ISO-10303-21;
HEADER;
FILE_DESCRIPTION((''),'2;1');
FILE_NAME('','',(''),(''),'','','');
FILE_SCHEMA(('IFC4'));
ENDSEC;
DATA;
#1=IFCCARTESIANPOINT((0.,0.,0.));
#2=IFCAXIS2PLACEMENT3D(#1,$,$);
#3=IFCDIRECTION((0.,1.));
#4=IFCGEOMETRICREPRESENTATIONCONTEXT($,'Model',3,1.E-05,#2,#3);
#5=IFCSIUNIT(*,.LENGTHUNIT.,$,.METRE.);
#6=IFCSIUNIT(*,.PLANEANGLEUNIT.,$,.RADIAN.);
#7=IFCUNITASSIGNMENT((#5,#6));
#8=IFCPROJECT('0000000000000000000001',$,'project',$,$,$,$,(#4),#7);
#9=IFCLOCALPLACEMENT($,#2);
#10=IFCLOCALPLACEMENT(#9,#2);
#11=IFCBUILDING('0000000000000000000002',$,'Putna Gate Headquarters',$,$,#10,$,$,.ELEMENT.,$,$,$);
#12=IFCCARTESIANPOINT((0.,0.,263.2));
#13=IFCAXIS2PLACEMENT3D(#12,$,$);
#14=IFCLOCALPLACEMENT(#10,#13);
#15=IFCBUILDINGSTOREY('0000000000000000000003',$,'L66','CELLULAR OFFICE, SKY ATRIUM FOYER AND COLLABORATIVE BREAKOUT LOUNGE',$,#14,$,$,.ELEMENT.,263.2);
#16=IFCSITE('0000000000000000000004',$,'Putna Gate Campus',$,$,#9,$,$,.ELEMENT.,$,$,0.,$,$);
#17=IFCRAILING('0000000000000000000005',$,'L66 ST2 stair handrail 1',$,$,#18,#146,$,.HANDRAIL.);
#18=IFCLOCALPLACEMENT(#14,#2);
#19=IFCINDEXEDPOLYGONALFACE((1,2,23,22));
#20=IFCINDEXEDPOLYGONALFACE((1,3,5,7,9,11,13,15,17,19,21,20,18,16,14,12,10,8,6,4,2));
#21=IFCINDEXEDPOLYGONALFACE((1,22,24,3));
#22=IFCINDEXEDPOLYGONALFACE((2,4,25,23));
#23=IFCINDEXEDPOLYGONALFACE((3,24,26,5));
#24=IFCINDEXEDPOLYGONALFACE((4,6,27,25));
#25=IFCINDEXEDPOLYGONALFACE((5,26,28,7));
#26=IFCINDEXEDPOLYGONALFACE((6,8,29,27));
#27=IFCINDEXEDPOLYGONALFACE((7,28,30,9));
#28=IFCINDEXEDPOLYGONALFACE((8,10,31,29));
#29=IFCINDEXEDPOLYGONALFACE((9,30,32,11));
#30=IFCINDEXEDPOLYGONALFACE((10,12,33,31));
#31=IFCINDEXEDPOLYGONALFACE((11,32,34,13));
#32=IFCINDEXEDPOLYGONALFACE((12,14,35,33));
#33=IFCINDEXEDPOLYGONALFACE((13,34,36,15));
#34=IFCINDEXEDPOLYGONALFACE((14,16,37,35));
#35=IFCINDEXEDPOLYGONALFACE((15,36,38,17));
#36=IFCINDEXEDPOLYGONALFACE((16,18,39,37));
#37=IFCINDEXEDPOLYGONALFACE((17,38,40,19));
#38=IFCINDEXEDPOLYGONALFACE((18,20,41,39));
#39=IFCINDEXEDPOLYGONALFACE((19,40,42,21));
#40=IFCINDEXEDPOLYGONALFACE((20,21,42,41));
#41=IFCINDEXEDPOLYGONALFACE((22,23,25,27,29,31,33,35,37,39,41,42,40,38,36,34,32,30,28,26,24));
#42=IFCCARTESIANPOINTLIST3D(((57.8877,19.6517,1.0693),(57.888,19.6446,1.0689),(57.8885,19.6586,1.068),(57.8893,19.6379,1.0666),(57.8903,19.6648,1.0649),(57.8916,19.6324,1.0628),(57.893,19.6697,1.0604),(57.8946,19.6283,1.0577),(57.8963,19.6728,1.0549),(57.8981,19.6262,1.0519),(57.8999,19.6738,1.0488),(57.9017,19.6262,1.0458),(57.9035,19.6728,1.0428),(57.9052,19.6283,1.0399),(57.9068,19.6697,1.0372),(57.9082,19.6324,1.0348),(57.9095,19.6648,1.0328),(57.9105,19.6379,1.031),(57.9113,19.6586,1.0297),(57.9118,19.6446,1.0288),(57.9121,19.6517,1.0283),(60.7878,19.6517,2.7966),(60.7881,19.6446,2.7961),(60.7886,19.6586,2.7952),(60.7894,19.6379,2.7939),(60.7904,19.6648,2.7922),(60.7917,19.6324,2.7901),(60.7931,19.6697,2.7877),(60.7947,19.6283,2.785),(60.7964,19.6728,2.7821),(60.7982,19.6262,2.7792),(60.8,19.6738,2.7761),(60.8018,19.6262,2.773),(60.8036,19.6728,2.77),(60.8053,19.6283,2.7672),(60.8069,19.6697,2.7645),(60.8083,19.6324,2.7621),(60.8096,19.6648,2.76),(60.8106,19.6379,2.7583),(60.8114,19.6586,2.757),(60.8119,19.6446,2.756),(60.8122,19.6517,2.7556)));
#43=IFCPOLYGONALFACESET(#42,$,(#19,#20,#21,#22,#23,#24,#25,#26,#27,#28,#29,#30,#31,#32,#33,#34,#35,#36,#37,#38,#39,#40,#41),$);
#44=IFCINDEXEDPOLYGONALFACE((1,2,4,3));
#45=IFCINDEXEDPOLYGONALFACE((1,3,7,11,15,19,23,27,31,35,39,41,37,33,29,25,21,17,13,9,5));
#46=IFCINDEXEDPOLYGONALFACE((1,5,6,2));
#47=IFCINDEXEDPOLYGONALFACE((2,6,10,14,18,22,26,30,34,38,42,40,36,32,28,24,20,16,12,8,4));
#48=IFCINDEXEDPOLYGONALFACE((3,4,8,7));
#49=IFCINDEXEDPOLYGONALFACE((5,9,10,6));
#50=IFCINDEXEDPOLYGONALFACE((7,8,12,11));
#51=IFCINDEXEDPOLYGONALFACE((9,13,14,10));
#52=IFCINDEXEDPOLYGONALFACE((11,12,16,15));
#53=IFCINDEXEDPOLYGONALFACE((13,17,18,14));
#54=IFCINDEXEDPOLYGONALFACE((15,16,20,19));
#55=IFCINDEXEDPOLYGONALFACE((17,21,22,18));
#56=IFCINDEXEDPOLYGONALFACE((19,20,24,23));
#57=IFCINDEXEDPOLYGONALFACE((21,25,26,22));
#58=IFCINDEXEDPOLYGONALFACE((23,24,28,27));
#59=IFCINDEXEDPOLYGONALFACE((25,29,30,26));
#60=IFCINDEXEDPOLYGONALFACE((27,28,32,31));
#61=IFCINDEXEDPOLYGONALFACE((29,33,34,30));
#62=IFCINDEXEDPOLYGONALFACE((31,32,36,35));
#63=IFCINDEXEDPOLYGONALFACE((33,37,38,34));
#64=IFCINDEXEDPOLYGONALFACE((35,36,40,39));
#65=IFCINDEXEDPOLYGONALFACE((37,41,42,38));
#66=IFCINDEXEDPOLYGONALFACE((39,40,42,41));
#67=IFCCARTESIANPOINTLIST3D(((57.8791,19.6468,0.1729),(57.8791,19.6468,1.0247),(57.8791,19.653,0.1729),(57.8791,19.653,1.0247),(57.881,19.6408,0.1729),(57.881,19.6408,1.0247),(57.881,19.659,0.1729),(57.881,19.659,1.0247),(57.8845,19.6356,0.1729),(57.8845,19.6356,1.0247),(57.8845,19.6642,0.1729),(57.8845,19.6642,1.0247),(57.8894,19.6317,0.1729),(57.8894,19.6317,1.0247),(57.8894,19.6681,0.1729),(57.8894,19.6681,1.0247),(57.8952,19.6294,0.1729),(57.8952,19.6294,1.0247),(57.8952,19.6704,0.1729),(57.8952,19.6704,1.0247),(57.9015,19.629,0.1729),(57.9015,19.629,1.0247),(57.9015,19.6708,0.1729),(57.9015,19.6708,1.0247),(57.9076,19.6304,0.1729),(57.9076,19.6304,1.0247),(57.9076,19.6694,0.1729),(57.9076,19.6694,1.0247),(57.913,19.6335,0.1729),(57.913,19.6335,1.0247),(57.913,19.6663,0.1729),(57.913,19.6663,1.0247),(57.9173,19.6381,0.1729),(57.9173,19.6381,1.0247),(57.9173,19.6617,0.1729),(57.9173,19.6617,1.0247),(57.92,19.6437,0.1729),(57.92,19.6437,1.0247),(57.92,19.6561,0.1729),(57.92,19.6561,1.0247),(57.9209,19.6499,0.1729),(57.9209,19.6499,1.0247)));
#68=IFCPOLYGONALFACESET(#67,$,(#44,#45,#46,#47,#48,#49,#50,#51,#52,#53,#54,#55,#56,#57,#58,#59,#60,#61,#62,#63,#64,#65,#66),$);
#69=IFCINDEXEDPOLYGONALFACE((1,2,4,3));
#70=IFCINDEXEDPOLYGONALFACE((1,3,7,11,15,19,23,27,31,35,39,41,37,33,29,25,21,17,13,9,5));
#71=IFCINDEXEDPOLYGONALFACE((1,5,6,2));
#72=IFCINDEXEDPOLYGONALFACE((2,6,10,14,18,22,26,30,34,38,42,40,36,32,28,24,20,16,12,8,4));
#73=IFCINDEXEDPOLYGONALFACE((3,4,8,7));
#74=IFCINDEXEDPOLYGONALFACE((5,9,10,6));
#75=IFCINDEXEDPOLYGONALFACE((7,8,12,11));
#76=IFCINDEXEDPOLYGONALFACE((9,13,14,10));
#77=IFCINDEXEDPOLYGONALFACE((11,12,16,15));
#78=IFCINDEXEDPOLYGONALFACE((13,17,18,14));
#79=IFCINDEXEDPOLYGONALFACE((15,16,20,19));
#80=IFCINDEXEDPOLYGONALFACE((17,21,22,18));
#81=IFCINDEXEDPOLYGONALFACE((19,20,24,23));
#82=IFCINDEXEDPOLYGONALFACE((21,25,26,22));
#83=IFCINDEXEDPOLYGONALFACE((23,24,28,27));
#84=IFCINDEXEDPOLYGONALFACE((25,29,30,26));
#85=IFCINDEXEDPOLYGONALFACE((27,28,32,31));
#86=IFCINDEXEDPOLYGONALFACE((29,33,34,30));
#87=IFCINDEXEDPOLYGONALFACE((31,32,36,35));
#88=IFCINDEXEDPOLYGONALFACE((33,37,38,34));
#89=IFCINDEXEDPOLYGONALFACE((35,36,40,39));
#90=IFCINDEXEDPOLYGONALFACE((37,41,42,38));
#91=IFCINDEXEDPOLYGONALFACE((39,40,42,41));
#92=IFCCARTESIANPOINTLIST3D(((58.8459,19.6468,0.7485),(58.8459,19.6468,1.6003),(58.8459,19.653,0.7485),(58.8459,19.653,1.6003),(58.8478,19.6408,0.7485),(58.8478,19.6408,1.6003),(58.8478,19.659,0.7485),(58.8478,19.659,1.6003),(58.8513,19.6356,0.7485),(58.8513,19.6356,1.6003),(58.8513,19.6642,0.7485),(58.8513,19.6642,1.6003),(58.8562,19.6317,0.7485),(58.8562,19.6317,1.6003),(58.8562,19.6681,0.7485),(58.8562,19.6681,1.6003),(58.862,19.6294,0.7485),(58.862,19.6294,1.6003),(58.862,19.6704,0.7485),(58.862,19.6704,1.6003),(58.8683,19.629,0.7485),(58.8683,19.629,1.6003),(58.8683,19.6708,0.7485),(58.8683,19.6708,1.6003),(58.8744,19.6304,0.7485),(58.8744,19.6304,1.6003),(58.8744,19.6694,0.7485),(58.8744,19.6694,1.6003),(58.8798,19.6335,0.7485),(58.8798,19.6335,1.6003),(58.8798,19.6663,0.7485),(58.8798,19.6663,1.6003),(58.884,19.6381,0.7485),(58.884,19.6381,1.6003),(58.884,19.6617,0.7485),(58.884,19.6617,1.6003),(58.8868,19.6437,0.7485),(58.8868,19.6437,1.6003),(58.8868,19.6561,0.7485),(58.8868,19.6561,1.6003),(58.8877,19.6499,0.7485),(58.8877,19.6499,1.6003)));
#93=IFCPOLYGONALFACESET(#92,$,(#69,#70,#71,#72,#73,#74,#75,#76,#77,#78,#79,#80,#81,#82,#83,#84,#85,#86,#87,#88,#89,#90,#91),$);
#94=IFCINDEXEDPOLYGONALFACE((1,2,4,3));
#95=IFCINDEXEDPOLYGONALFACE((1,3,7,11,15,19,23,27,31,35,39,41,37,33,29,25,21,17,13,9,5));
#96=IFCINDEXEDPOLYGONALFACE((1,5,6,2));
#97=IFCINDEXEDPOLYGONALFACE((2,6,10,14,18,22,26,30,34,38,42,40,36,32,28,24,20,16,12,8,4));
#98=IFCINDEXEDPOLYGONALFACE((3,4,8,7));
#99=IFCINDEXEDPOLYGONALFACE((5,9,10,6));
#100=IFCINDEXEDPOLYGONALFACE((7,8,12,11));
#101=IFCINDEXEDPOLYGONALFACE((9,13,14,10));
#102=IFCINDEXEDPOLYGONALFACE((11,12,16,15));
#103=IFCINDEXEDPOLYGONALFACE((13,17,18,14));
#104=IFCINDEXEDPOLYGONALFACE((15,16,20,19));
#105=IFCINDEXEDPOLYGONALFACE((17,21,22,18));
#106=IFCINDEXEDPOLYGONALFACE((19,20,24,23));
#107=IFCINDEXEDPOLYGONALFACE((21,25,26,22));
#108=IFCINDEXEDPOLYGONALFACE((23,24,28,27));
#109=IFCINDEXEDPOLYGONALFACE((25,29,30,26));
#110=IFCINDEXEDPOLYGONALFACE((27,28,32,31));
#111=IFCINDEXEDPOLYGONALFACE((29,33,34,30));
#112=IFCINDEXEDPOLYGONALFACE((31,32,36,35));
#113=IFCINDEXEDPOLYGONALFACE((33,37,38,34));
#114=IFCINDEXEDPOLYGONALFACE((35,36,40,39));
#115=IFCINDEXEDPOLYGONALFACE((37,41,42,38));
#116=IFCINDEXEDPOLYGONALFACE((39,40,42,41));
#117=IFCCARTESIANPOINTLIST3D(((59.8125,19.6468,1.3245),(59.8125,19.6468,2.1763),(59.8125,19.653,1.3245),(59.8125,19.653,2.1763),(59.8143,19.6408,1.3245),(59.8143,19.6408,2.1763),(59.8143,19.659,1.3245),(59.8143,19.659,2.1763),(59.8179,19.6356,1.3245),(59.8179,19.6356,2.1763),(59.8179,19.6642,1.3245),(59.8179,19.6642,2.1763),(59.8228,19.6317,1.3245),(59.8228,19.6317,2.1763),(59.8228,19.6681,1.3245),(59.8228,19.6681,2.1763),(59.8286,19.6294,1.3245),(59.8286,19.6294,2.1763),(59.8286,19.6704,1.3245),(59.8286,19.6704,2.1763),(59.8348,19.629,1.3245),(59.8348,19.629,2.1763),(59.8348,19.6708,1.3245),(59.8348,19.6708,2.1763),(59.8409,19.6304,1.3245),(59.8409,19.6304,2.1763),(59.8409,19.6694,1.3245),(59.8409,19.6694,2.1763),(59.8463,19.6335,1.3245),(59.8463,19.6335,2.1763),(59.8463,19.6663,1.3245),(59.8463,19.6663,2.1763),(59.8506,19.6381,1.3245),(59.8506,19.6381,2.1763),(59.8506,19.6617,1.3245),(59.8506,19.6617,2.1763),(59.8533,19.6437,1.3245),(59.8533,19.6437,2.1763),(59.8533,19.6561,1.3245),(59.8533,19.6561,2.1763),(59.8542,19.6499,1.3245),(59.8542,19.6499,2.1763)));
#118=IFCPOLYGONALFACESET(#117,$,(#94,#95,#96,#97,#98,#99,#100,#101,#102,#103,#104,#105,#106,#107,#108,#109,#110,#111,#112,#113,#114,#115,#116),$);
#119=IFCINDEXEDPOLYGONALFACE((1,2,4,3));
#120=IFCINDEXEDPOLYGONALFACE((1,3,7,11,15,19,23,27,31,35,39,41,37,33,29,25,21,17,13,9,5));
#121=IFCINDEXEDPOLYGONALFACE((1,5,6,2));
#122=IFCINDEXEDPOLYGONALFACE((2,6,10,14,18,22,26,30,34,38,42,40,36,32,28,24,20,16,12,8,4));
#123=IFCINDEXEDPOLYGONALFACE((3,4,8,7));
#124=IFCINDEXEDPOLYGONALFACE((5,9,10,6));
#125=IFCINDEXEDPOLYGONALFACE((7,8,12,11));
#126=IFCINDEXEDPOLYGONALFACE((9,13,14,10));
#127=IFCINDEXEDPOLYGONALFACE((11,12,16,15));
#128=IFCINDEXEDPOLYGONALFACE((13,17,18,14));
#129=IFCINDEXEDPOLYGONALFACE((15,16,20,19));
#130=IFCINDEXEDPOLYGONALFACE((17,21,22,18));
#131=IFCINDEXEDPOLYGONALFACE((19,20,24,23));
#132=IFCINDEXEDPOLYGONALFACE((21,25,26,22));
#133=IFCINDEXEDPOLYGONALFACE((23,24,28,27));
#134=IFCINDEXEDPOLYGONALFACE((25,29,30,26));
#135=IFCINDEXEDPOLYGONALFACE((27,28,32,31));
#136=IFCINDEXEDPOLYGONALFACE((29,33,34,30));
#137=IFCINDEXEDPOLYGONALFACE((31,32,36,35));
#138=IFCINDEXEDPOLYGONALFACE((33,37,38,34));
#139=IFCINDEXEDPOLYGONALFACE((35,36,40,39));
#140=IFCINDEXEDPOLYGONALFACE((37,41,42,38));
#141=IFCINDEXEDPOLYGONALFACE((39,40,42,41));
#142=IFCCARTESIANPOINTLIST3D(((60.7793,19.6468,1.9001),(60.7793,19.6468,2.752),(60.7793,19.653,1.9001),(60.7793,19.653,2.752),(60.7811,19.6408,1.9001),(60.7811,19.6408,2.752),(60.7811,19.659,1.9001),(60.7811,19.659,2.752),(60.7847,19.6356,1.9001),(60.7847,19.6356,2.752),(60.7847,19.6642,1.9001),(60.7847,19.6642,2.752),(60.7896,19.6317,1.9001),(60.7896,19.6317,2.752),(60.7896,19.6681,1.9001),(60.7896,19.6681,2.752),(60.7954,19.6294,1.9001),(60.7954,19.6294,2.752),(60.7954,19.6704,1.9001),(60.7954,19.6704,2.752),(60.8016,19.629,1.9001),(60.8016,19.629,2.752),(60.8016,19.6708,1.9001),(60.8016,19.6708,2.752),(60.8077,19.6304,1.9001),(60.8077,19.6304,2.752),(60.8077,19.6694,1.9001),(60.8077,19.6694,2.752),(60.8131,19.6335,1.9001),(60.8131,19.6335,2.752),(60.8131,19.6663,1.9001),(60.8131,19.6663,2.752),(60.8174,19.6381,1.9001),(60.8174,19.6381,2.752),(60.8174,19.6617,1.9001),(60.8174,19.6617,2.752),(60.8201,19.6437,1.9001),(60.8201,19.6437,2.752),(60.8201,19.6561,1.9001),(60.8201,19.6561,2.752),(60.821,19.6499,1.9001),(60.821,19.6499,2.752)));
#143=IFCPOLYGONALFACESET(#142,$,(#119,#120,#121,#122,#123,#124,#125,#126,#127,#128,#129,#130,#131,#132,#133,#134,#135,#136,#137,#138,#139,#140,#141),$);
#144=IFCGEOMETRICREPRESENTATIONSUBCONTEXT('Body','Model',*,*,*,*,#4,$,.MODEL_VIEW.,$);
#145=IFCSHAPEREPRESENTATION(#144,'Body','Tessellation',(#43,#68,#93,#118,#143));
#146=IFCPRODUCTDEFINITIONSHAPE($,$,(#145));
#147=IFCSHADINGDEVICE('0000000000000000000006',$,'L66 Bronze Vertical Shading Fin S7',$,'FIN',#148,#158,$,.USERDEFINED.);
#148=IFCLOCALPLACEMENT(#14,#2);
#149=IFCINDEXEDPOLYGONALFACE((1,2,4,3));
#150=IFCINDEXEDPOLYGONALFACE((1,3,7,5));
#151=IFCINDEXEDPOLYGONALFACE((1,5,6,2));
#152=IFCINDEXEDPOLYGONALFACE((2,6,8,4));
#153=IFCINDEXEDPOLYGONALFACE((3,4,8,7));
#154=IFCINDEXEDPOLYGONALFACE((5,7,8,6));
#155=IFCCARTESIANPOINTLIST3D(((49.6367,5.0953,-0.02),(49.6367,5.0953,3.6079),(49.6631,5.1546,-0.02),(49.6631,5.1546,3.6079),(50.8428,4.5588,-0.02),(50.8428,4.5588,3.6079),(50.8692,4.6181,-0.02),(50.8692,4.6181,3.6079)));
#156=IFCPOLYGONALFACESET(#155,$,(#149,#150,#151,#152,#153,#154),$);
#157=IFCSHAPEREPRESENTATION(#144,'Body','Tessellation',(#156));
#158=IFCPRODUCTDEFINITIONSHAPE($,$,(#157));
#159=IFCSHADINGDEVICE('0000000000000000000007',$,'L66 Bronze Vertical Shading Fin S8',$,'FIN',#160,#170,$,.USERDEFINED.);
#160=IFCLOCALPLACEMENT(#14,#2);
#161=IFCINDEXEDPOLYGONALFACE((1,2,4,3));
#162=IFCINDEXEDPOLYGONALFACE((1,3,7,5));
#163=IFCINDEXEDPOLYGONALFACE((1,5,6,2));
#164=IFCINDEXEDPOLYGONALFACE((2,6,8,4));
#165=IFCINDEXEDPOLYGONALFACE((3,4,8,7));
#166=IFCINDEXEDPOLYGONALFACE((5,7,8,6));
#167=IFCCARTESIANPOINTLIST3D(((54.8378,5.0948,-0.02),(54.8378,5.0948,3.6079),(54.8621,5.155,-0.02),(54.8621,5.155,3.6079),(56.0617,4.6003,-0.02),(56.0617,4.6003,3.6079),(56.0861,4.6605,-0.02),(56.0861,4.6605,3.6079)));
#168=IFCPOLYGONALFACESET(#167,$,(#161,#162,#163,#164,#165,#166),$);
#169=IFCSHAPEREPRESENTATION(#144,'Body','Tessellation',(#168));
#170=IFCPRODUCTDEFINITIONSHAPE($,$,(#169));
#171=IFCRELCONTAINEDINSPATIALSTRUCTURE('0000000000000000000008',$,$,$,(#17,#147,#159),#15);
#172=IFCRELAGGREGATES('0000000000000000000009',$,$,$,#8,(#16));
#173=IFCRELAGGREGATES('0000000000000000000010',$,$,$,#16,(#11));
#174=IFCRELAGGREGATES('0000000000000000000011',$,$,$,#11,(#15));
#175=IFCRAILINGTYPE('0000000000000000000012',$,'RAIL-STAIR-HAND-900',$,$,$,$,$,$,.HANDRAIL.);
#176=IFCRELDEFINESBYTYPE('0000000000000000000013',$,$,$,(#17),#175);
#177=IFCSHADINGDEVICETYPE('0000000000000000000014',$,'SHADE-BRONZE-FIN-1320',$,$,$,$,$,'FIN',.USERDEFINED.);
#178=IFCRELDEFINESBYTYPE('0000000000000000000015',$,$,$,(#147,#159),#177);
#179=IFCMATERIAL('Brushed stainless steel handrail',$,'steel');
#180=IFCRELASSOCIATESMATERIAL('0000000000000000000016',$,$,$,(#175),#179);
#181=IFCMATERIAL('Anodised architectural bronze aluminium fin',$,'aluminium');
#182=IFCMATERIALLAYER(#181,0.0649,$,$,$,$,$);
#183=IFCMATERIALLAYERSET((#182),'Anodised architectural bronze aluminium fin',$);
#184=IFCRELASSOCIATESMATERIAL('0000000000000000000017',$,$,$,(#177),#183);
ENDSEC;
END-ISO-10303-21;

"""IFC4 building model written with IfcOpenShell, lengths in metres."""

from ifc_helpers import new_model, si_unit, direction, frame, origin, origin_2d, place, context, subcontext, project, spatial, rectangle, circle, extrude, material, layer, layer_set, type_object, element, save


model = new_model("IFC4")

# Units and contexts
model_context = context("Model", 3, precision=1e-05, world=origin(), true_north=direction((0.0, 1.0)))
body_context = subcontext(model_context, "Body", "Model", "MODEL_VIEW")
ifc_project = project(units=[si_unit("LENGTHUNIT", "METRE"), si_unit("PLANEANGLEUNIT", "RADIAN")], contexts=[model_context])

# Site, building, storey
site_placement = place(None, origin())
site = spatial("IfcSite", under=ifc_project, at=site_placement, Name="Putna Gate Campus", CompositionType="ELEMENT", RefElevation=0.0)
building_placement = place(site_placement, origin())
building = spatial("IfcBuilding", under=site, at=building_placement, Name="Putna Gate Headquarters", CompositionType="ELEMENT")
storey_placement = place(building_placement, frame((0.0, 0.0, 263.2)))
storey = spatial("IfcBuildingStorey", under=building, at=storey_placement, Name="L66", Description="CELLULAR OFFICE, SKY ATRIUM FOYER AND COLLABORATIVE BREAKOUT LOUNGE", CompositionType="ELEMENT", Elevation=263.2)

# Railing
ifc_material_1 = material(Name="Brushed stainless steel handrail", Category="steel")
railing_type_1 = type_object("IfcRailingType", Name="RAIL-STAIR-HAND-900", PredefinedType="HANDRAIL", material=ifc_material_1)
railing_1_placement = place(storey_placement, frame((57.8999, 19.6499, 0.1729)))
element("IfcRailing", 1, at=railing_1_placement, inside=storey, type_object=railing_type_1, Name="L66 ST2 stair handrail 1", PredefinedType="HANDRAIL", context=body_context, shape_type="SweptSolid", body=[
    extrude(circle(Radius=0.0239, at=origin_2d()), frame((0.0, 0.0, 0.876), z_axis=(0.85916, 0.0, 0.511706), x_axis=(0.0, 1.0, 0.0)), (0.0, 0.0, 1.0), 3.3755),
    extrude(circle(Radius=0.021, at=origin_2d()), origin(), (0.0, 0.0, 1.0), 0.8518),
    extrude(circle(Radius=0.021, at=origin_2d()), frame((0.9668, 0.0, 0.5757)), (0.0, 0.0, 1.0), 0.8518),
    extrude(circle(Radius=0.021, at=origin_2d()), frame((1.9333, 0.0, 1.1516)), (0.0, 0.0, 1.0), 0.8518),
    extrude(circle(Radius=0.021, at=origin_2d()), frame((2.9001, 0.0, 1.7273)), (0.0, 0.0, 1.0), 0.8518),
])

# Shading devices
ifc_material_2 = material(Name="Anodised architectural bronze aluminium fin", Category="aluminium")
ifc_layer_1 = layer(ifc_material_2, 0.0649)
ifc_layer_set_1 = layer_set([ifc_layer_1], Name="Anodised architectural bronze aluminium fin")
shading_device_type = type_object("IfcShadingDeviceType", Name="SHADE-BRONZE-FIN-1320", ElementType="FIN", PredefinedType="USERDEFINED", material=ifc_layer_set_1)
for number, where, z_axis, x_axis, name in (
    (2, (50.2529, 4.8567, -0.02), (0.0, 0.0, 1.0), (0.913687, -0.406418, 0.0), "L66 Bronze Vertical Shading Fin S7"),
    (3, (55.4619, 4.8777, -0.02), (0.0, 0.0, 1.0), (0.927184, -0.374607, 0.0), "L66 Bronze Vertical Shading Fin S8"),
):
    element("IfcShadingDevice", number, at=place(storey_placement, frame(where, z_axis=z_axis, x_axis=x_axis)), inside=storey, type_object=shading_device_type, Name=name, ObjectType="FIN", PredefinedType="USERDEFINED", context=body_context, shape_type="SweptSolid", body=[
        extrude(rectangle(XDim=1.3201, YDim=0.0649, at=origin_2d()), origin(), (0.0, 0.0, 1.0), 3.6279),
    ])

save(model, "model.ifc")
